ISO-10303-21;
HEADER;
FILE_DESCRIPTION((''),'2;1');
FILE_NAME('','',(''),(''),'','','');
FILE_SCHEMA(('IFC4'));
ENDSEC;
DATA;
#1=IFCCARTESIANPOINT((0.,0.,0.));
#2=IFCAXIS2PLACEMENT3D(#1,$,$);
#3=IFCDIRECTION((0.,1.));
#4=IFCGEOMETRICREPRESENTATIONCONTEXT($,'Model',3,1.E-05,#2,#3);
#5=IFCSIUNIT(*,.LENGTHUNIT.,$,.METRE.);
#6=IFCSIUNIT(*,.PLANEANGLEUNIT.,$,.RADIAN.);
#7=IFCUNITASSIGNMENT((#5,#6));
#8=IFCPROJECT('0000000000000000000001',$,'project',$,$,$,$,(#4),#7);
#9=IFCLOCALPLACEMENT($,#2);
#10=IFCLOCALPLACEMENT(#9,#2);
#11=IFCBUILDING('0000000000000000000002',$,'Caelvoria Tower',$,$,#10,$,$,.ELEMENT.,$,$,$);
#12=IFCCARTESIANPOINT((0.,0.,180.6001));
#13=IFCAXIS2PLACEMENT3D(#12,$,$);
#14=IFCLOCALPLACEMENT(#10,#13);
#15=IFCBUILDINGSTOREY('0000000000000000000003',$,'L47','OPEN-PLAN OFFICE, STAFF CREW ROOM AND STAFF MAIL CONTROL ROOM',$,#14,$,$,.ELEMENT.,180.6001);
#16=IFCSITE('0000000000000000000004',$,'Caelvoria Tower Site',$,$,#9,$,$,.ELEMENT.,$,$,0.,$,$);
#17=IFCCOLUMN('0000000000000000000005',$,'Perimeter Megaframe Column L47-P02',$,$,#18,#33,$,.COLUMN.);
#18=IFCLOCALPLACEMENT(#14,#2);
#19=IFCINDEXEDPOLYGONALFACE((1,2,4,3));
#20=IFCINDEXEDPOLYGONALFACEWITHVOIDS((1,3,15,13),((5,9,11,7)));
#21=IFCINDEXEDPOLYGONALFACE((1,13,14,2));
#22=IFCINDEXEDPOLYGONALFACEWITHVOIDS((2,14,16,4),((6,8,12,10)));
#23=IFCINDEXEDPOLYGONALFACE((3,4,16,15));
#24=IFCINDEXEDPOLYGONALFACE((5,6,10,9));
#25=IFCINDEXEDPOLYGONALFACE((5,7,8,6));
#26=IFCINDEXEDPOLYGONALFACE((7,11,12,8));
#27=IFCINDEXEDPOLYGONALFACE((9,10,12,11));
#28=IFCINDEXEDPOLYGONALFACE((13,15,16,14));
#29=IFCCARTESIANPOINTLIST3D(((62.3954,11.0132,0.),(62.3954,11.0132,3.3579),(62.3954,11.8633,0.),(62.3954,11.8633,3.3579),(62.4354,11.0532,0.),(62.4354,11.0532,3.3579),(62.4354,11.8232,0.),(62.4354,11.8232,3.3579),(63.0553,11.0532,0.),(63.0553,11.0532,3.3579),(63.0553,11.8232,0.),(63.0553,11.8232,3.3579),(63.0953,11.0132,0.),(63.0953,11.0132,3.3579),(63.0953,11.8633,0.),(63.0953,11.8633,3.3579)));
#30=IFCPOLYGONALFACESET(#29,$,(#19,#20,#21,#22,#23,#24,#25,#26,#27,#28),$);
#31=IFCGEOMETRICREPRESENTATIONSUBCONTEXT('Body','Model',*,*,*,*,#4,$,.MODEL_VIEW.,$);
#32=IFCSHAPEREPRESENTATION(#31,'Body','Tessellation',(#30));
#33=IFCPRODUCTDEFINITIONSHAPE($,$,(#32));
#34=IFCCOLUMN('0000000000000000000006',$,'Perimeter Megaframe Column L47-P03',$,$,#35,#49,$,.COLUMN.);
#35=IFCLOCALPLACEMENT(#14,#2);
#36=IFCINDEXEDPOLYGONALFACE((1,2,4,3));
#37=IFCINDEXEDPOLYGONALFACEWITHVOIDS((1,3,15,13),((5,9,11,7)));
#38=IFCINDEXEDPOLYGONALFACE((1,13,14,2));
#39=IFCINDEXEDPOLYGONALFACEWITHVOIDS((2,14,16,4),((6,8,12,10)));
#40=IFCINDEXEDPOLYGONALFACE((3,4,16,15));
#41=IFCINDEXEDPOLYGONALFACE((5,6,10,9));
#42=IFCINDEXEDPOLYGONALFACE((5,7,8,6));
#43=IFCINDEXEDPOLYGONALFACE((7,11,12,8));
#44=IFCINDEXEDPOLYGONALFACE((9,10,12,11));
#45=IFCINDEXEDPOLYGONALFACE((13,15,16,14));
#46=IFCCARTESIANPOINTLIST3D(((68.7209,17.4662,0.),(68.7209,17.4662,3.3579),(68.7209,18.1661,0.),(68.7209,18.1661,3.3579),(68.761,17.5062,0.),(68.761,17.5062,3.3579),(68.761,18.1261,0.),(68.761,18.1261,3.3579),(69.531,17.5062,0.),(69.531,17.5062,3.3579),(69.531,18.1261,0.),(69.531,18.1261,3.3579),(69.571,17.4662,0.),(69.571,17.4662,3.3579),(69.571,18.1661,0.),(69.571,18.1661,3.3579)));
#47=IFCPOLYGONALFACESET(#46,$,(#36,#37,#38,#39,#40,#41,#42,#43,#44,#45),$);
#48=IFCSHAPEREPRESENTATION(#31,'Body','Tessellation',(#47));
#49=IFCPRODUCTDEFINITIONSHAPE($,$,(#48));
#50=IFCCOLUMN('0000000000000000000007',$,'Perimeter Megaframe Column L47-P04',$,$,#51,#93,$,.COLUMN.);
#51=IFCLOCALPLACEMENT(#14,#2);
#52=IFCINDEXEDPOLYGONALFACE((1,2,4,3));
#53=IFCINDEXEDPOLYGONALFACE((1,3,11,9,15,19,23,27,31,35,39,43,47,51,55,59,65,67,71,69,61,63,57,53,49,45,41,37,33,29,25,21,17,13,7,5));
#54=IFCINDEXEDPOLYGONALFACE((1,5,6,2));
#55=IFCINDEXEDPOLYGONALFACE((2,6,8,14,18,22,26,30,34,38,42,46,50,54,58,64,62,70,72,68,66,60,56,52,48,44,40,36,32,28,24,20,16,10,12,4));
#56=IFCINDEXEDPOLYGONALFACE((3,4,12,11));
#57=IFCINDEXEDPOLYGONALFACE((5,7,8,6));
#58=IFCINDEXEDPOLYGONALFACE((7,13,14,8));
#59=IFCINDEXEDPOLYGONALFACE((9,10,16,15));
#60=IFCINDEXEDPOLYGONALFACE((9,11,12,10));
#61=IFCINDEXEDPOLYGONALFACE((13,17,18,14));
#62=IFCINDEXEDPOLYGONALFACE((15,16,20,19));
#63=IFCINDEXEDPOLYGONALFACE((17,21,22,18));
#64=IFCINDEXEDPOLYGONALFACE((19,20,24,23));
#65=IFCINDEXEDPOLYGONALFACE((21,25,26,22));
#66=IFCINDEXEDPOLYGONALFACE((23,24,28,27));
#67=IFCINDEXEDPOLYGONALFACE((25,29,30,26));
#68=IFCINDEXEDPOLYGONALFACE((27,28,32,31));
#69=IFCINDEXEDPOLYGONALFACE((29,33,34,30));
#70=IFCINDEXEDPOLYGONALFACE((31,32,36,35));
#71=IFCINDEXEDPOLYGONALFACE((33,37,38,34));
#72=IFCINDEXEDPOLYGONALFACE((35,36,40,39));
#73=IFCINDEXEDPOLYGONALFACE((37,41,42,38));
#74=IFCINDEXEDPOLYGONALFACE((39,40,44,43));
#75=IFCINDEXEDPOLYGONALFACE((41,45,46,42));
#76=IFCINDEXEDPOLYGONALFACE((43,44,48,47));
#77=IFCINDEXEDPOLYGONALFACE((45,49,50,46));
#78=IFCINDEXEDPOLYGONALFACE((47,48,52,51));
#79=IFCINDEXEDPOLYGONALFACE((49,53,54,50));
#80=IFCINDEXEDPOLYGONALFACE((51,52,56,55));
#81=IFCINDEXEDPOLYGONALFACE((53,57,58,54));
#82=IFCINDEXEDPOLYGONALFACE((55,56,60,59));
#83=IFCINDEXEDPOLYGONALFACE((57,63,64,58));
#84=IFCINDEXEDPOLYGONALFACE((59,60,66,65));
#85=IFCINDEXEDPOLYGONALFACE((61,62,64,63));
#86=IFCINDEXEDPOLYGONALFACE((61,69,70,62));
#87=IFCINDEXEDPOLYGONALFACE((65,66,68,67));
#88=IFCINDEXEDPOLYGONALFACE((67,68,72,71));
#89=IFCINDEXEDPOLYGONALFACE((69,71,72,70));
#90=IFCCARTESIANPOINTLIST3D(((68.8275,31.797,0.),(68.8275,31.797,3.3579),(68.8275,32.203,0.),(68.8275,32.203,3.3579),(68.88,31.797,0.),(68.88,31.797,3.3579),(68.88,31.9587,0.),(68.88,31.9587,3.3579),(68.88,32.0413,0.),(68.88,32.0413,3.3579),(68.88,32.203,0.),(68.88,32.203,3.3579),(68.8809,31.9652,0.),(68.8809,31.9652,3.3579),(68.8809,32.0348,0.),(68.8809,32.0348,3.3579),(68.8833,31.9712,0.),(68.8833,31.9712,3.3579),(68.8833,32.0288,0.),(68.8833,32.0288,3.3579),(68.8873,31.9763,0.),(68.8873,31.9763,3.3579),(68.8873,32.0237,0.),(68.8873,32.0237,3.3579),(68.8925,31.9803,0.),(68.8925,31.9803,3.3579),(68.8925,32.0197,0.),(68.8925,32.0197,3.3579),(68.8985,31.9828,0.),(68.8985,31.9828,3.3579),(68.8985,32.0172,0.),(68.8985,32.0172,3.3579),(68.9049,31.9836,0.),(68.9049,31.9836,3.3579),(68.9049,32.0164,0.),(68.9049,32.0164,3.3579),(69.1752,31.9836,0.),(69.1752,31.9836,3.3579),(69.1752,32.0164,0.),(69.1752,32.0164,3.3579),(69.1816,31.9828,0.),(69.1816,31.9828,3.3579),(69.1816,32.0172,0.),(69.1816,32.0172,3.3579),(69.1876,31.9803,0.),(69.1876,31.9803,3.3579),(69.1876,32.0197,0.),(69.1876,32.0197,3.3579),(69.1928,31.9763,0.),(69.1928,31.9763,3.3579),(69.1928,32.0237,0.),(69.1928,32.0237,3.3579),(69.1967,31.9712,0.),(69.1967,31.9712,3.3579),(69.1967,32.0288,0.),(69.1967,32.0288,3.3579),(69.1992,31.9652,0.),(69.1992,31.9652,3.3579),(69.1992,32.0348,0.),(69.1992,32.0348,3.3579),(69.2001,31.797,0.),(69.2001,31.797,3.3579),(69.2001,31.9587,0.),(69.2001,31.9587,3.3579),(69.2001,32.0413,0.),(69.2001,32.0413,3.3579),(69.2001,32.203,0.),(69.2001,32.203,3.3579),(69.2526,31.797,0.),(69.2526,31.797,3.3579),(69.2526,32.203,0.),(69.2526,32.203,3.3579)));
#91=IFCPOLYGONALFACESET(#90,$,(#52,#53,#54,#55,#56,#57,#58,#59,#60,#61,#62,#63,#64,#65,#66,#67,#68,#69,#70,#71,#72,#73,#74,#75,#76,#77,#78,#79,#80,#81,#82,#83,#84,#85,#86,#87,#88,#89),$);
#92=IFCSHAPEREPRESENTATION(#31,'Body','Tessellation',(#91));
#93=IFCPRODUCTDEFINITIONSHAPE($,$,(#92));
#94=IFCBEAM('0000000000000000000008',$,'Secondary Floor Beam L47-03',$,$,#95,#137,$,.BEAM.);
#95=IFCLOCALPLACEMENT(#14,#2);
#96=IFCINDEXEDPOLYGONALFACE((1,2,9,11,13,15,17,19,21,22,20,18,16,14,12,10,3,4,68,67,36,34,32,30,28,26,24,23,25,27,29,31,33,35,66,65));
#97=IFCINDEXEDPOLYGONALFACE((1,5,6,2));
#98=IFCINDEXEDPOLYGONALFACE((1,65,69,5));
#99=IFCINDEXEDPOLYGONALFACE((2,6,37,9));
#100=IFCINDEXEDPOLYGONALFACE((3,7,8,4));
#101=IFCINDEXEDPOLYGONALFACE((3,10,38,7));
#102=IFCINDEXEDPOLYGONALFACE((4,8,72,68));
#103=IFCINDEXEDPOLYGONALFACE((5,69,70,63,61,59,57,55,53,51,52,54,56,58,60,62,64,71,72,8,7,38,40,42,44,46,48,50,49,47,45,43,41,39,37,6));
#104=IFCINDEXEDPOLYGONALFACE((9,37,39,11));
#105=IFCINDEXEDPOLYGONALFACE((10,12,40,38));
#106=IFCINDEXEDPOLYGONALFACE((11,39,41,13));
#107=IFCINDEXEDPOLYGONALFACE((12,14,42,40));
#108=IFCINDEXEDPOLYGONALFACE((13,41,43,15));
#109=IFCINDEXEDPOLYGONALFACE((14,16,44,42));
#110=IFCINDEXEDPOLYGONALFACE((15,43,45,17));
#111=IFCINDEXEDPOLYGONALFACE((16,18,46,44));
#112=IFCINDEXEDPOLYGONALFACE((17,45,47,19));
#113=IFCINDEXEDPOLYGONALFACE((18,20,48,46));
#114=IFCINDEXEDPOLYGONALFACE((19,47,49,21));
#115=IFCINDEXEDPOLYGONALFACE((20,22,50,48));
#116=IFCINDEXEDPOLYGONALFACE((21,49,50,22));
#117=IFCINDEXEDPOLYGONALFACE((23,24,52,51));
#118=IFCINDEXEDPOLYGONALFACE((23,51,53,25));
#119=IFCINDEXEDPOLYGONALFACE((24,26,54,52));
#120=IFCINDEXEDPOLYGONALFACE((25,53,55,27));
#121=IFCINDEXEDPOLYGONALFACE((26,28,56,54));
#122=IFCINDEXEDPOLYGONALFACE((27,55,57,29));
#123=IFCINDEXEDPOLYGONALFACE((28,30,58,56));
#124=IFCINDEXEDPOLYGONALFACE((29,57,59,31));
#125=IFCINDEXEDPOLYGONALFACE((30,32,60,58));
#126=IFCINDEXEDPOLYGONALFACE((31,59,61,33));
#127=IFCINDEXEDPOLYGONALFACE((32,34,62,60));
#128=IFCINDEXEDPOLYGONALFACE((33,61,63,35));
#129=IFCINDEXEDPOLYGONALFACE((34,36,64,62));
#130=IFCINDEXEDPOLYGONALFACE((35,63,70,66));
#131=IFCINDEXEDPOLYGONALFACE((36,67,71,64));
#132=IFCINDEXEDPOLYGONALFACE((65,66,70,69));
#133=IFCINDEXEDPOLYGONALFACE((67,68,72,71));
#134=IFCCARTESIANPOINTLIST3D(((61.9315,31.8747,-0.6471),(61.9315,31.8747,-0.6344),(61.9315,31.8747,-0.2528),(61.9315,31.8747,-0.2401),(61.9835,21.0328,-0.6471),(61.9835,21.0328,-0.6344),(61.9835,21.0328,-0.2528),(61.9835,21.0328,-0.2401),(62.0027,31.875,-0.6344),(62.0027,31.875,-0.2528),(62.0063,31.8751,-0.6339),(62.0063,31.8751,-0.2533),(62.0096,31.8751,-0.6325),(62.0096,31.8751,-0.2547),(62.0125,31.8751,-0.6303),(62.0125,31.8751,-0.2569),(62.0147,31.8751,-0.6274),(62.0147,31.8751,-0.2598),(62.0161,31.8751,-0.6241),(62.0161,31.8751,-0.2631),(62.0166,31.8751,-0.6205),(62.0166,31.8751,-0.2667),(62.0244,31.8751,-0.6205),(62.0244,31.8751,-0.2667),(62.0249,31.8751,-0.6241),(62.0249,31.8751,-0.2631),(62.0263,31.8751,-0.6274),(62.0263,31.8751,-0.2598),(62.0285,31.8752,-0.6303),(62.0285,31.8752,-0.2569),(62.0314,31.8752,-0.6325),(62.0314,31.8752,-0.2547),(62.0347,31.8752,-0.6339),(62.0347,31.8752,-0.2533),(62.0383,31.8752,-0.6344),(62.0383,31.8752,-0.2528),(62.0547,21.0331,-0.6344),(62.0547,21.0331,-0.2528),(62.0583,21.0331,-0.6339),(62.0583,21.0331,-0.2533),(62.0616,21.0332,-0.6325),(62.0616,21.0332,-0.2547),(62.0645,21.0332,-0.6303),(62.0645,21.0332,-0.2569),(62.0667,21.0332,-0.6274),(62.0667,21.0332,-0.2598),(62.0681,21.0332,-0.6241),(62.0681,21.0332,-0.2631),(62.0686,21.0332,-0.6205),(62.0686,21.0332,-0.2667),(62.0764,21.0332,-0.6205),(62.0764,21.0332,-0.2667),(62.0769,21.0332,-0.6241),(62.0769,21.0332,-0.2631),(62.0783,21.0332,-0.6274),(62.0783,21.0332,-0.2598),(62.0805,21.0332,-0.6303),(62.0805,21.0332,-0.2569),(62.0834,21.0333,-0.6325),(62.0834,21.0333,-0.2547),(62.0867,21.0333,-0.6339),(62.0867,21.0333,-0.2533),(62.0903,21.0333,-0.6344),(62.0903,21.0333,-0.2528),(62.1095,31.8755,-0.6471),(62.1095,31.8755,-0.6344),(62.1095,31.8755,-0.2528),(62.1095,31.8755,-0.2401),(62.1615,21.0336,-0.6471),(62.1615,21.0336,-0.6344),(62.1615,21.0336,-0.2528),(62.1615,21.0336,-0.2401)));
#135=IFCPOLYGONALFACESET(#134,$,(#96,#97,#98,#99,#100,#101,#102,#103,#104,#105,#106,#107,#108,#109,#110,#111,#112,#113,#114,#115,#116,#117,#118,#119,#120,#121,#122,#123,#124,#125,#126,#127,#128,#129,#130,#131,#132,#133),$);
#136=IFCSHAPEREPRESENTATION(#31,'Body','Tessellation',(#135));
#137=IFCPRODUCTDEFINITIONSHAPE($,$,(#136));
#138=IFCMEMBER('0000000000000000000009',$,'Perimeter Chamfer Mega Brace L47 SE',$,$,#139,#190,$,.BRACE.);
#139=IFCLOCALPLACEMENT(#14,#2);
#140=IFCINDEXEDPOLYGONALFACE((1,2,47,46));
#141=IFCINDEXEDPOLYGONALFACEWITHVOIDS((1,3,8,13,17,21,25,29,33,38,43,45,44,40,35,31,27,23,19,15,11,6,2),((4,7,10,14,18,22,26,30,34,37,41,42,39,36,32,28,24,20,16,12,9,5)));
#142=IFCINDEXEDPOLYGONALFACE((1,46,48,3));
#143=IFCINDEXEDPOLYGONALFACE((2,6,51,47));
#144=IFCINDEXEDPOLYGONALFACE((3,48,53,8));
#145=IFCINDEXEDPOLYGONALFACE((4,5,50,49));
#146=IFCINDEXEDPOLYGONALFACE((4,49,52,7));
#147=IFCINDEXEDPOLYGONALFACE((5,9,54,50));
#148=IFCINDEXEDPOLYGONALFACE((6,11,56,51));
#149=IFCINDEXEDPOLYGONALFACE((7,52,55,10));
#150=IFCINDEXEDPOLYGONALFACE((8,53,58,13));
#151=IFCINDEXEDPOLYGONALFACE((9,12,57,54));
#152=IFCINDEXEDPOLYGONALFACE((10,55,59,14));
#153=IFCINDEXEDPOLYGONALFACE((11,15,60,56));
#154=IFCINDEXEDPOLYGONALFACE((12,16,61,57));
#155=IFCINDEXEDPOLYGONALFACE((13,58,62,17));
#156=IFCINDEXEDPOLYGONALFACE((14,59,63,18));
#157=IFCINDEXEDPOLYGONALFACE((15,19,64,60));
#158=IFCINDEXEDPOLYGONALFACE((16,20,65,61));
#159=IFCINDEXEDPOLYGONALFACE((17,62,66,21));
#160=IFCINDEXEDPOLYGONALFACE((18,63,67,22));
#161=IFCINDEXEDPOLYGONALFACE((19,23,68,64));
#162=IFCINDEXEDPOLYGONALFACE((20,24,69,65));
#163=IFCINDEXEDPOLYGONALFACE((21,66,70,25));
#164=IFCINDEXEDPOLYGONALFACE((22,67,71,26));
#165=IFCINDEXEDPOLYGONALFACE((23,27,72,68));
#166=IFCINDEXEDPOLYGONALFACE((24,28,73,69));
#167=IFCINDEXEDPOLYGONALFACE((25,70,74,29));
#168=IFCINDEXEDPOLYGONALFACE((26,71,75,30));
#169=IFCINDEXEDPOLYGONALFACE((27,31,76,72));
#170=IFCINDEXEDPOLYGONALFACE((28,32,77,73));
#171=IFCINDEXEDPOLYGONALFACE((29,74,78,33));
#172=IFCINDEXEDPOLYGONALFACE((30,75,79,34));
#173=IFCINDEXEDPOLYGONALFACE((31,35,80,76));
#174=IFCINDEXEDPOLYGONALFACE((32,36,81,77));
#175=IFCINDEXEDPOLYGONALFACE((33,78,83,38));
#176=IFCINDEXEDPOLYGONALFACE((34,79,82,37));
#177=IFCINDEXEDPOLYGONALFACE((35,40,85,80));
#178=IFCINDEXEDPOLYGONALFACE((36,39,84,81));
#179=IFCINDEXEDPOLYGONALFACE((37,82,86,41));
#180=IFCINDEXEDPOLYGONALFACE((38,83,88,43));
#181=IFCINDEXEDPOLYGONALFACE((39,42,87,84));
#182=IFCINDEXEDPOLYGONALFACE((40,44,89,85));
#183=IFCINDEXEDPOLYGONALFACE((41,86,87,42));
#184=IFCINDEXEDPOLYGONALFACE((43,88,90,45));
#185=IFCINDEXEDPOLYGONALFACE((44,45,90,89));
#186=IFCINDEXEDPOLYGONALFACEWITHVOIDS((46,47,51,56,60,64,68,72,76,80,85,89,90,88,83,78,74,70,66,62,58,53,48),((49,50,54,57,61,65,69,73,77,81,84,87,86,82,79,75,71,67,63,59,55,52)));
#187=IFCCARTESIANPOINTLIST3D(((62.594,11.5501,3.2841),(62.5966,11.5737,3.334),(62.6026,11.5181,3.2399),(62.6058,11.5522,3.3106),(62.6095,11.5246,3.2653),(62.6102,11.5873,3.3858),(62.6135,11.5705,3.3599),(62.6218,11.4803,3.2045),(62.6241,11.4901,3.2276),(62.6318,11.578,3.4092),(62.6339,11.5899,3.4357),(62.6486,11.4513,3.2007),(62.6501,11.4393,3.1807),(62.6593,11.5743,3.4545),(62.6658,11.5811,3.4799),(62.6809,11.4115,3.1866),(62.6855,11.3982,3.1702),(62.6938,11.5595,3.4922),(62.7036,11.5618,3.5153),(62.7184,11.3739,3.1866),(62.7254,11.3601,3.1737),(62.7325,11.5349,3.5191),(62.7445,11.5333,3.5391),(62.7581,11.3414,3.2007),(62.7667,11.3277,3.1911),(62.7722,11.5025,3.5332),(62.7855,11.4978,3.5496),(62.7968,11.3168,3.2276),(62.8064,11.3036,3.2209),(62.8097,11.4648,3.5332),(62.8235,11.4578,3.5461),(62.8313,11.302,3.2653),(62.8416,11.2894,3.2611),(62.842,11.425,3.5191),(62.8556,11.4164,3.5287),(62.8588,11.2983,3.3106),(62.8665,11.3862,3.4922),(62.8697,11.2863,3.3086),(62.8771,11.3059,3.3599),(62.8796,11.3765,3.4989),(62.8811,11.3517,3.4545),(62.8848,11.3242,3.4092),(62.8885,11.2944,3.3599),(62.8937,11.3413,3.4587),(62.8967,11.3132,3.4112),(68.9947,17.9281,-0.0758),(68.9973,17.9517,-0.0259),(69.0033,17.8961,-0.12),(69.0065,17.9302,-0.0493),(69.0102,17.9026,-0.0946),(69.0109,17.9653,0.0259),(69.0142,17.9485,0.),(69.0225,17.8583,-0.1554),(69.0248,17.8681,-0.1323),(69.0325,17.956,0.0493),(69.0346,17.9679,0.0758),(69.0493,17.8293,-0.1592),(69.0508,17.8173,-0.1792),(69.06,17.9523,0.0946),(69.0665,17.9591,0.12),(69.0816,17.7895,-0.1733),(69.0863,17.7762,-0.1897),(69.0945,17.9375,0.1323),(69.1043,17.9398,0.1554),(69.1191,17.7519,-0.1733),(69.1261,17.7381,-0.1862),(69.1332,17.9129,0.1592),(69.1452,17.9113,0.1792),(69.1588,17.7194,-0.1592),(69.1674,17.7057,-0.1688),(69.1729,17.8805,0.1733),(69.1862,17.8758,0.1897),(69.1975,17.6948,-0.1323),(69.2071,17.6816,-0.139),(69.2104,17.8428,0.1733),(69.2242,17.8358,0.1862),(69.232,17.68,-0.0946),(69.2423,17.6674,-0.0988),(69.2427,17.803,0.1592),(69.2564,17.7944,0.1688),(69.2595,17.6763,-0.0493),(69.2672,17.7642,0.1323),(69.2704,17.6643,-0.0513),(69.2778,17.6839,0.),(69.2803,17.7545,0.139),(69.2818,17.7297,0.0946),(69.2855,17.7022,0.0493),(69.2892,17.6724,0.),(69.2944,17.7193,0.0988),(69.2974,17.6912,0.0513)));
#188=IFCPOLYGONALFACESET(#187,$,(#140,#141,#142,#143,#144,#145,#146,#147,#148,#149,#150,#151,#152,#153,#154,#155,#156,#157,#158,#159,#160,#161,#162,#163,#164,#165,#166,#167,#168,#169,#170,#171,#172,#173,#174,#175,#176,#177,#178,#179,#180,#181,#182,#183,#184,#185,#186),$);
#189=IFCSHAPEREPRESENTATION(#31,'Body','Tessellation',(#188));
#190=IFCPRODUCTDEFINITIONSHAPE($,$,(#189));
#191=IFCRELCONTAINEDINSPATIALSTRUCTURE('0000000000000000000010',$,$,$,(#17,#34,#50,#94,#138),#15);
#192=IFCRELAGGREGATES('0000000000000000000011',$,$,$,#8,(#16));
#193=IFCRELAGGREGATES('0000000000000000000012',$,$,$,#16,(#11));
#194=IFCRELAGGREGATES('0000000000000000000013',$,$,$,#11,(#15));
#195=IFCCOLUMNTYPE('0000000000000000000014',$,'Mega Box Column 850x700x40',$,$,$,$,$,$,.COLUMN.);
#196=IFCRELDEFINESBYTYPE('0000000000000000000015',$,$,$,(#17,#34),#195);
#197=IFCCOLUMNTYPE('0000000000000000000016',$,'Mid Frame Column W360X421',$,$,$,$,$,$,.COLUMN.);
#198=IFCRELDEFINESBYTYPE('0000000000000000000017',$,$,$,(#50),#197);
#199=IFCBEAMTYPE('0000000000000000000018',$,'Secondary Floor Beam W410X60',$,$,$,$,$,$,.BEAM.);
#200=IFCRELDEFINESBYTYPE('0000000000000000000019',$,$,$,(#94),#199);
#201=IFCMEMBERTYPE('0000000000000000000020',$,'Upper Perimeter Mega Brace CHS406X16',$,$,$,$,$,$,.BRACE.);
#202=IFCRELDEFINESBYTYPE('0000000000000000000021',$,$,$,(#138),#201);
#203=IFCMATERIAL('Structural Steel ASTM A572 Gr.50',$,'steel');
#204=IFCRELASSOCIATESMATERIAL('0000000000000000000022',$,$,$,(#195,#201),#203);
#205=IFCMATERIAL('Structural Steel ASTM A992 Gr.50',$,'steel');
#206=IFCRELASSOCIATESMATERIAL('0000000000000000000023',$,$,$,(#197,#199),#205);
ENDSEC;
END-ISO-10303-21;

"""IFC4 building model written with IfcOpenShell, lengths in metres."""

from ifc_helpers import new_model, si_unit, direction, frame, origin, origin_2d, place, context, subcontext, project, spatial, hollow_rectangle, hollow_circle, i_section, extrude, material, material_profile, profile_set, type_object, element, save


model = new_model("IFC4")

# Units and contexts
model_context = context("Model", 3, precision=1e-05, world=origin(), true_north=direction((0.0, 1.0)))
body_context = subcontext(model_context, "Body", "Model", "MODEL_VIEW")
ifc_project = project(units=[si_unit("LENGTHUNIT", "METRE"), si_unit("PLANEANGLEUNIT", "RADIAN")], contexts=[model_context])

# Site, building, storey
site_placement = place(None, origin())
site = spatial("IfcSite", under=ifc_project, at=site_placement, Name="Caelvoria Tower Site", CompositionType="ELEMENT", RefElevation=0.0)
building_placement = place(site_placement, origin())
building = spatial("IfcBuilding", under=site, at=building_placement, Name="Caelvoria Tower", CompositionType="ELEMENT")
storey_placement = place(building_placement, frame((0.0, 0.0, 180.6001)))
storey = spatial("IfcBuildingStorey", under=building, at=storey_placement, Name="L47", Description="OPEN-PLAN OFFICE, STAFF CREW ROOM AND STAFF MAIL CONTROL ROOM", CompositionType="ELEMENT", Elevation=180.6001)

# Columns
ifc_material_1 = material(Name="Structural Steel ASTM A572 Gr.50", Category="steel")
ifc_material_profile_1 = material_profile(ifc_material_1, hollow_rectangle(XDim=0.7, YDim=0.8501, WallThickness=0.04, at=origin_2d()), Name="Structural Steel ASTM A572 Gr.50")
ifc_profile_set_1 = profile_set([ifc_material_profile_1], Name="BOX850X700X40 - Structural Steel ASTM A572 Gr.50")
column_type_1 = type_object("IfcColumnType", Name="Mega Box Column 850x700x40", PredefinedType="COLUMN", material=ifc_profile_set_1)
for number, where, z_axis, x_axis, name in (
    (1, (62.7454, 11.4382, 0.0), (0.0, 0.0, 1.0), (1.0, 0.0, 0.0), "Perimeter Megaframe Column L47-P02"),
    (2, (69.146, 17.8162, 0.0), (0.0, 0.0, 1.0), (0.0, 1.0, 0.0), "Perimeter Megaframe Column L47-P03"),
):
    element("IfcColumn", number, at=place(storey_placement, frame(where, z_axis=z_axis, x_axis=x_axis)), inside=storey, type_object=column_type_1, Name=name, PredefinedType="COLUMN", context=body_context, shape_type="SweptSolid", body=[
        extrude(hollow_rectangle(XDim=0.7, YDim=0.8501, WallThickness=0.04, at=origin_2d()), origin(), (0.0, 0.0, 1.0), 3.3579),
    ])
ifc_material_2 = material(Name="Structural Steel ASTM A992 Gr.50", Category="steel")
ifc_material_profile_2 = material_profile(ifc_material_2, i_section(OverallWidth=0.406, OverallDepth=0.425, WebThickness=0.0327, FlangeThickness=0.0525, FilletRadius=0.0249, at=origin_2d()), Name="Structural Steel ASTM A992 Gr.50")
ifc_profile_set_2 = profile_set([ifc_material_profile_2], Name="W360X421 - Structural Steel ASTM A992 Gr.50")
column_type_2 = type_object("IfcColumnType", Name="Mid Frame Column W360X421", PredefinedType="COLUMN", material=ifc_profile_set_2)
column_placement = place(storey_placement, frame((69.04, 32.0, 0.0), z_axis=(0.0, 0.0, 1.0), x_axis=(0.0, 1.0, 0.0)))
element("IfcColumn", 3, at=column_placement, inside=storey, type_object=column_type_2, Name="Perimeter Megaframe Column L47-P04", PredefinedType="COLUMN", context=body_context, shape_type="SweptSolid", body=[
    extrude(i_section(OverallWidth=0.406, OverallDepth=0.425, WebThickness=0.0327, FlangeThickness=0.0525, FilletRadius=0.0249, at=origin_2d()), origin(), (0.0, 0.0, 1.0), 3.3579),
])

# Beam
ifc_material_profile_3 = material_profile(ifc_material_2, i_section(OverallWidth=0.178, OverallDepth=0.407, WebThickness=0.0078, FlangeThickness=0.0127, FilletRadius=0.0139, at=origin_2d()), Name="Structural Steel ASTM A992 Gr.50")
ifc_profile_set_3 = profile_set([ifc_material_profile_3], Name="W410X60 - Structural Steel ASTM A992 Gr.50")
beam_type_1 = type_object("IfcBeamType", Name="Secondary Floor Beam W410X60", PredefinedType="BEAM", material=ifc_profile_set_3)
beam_1_placement = place(storey_placement, frame((62.0725, 21.0332, -0.4436), z_axis=(-0.004796, 0.999988, 0.0), x_axis=(-0.999988, -0.004796, 0.0)))
element("IfcBeam", 4, at=beam_1_placement, inside=storey, type_object=beam_type_1, Name="Secondary Floor Beam L47-03", PredefinedType="BEAM", context=body_context, shape_type="SweptSolid", body=[
    extrude(i_section(OverallWidth=0.178, OverallDepth=0.407, WebThickness=0.0078, FlangeThickness=0.0127, FilletRadius=0.0139, at=origin_2d()), origin(), (0.0, 0.0, 1.0), 10.842),
])

# Member
ifc_material_profile_4 = material_profile(ifc_material_1, hollow_circle(Radius=0.2029, WallThickness=0.0161, at=origin_2d()), Name="Structural Steel ASTM A572 Gr.50")
ifc_profile_set_4 = profile_set([ifc_material_profile_4], Name="CHS406X16 - Structural Steel ASTM A572 Gr.50")
member_type = type_object("IfcMemberType", Name="Upper Perimeter Mega Brace CHS406X16", PredefinedType="BRACE", material=ifc_profile_set_4)
member_placement = place(storey_placement, frame((69.146, 17.8162, 0.0), z_axis=(-0.663948, -0.661592, 0.348524), x_axis=(0.705849, -0.708362, 0.0)))
element("IfcMember", 5, at=member_placement, inside=storey, type_object=member_type, Name="Perimeter Chamfer Mega Brace L47 SE", PredefinedType="BRACE", context=body_context, shape_type="SweptSolid", body=[
    extrude(hollow_circle(Radius=0.2029, WallThickness=0.0161, at=origin_2d()), origin(), (0.0, 0.0, 1.0), 9.6404),
])

save(model, "model.ifc")
